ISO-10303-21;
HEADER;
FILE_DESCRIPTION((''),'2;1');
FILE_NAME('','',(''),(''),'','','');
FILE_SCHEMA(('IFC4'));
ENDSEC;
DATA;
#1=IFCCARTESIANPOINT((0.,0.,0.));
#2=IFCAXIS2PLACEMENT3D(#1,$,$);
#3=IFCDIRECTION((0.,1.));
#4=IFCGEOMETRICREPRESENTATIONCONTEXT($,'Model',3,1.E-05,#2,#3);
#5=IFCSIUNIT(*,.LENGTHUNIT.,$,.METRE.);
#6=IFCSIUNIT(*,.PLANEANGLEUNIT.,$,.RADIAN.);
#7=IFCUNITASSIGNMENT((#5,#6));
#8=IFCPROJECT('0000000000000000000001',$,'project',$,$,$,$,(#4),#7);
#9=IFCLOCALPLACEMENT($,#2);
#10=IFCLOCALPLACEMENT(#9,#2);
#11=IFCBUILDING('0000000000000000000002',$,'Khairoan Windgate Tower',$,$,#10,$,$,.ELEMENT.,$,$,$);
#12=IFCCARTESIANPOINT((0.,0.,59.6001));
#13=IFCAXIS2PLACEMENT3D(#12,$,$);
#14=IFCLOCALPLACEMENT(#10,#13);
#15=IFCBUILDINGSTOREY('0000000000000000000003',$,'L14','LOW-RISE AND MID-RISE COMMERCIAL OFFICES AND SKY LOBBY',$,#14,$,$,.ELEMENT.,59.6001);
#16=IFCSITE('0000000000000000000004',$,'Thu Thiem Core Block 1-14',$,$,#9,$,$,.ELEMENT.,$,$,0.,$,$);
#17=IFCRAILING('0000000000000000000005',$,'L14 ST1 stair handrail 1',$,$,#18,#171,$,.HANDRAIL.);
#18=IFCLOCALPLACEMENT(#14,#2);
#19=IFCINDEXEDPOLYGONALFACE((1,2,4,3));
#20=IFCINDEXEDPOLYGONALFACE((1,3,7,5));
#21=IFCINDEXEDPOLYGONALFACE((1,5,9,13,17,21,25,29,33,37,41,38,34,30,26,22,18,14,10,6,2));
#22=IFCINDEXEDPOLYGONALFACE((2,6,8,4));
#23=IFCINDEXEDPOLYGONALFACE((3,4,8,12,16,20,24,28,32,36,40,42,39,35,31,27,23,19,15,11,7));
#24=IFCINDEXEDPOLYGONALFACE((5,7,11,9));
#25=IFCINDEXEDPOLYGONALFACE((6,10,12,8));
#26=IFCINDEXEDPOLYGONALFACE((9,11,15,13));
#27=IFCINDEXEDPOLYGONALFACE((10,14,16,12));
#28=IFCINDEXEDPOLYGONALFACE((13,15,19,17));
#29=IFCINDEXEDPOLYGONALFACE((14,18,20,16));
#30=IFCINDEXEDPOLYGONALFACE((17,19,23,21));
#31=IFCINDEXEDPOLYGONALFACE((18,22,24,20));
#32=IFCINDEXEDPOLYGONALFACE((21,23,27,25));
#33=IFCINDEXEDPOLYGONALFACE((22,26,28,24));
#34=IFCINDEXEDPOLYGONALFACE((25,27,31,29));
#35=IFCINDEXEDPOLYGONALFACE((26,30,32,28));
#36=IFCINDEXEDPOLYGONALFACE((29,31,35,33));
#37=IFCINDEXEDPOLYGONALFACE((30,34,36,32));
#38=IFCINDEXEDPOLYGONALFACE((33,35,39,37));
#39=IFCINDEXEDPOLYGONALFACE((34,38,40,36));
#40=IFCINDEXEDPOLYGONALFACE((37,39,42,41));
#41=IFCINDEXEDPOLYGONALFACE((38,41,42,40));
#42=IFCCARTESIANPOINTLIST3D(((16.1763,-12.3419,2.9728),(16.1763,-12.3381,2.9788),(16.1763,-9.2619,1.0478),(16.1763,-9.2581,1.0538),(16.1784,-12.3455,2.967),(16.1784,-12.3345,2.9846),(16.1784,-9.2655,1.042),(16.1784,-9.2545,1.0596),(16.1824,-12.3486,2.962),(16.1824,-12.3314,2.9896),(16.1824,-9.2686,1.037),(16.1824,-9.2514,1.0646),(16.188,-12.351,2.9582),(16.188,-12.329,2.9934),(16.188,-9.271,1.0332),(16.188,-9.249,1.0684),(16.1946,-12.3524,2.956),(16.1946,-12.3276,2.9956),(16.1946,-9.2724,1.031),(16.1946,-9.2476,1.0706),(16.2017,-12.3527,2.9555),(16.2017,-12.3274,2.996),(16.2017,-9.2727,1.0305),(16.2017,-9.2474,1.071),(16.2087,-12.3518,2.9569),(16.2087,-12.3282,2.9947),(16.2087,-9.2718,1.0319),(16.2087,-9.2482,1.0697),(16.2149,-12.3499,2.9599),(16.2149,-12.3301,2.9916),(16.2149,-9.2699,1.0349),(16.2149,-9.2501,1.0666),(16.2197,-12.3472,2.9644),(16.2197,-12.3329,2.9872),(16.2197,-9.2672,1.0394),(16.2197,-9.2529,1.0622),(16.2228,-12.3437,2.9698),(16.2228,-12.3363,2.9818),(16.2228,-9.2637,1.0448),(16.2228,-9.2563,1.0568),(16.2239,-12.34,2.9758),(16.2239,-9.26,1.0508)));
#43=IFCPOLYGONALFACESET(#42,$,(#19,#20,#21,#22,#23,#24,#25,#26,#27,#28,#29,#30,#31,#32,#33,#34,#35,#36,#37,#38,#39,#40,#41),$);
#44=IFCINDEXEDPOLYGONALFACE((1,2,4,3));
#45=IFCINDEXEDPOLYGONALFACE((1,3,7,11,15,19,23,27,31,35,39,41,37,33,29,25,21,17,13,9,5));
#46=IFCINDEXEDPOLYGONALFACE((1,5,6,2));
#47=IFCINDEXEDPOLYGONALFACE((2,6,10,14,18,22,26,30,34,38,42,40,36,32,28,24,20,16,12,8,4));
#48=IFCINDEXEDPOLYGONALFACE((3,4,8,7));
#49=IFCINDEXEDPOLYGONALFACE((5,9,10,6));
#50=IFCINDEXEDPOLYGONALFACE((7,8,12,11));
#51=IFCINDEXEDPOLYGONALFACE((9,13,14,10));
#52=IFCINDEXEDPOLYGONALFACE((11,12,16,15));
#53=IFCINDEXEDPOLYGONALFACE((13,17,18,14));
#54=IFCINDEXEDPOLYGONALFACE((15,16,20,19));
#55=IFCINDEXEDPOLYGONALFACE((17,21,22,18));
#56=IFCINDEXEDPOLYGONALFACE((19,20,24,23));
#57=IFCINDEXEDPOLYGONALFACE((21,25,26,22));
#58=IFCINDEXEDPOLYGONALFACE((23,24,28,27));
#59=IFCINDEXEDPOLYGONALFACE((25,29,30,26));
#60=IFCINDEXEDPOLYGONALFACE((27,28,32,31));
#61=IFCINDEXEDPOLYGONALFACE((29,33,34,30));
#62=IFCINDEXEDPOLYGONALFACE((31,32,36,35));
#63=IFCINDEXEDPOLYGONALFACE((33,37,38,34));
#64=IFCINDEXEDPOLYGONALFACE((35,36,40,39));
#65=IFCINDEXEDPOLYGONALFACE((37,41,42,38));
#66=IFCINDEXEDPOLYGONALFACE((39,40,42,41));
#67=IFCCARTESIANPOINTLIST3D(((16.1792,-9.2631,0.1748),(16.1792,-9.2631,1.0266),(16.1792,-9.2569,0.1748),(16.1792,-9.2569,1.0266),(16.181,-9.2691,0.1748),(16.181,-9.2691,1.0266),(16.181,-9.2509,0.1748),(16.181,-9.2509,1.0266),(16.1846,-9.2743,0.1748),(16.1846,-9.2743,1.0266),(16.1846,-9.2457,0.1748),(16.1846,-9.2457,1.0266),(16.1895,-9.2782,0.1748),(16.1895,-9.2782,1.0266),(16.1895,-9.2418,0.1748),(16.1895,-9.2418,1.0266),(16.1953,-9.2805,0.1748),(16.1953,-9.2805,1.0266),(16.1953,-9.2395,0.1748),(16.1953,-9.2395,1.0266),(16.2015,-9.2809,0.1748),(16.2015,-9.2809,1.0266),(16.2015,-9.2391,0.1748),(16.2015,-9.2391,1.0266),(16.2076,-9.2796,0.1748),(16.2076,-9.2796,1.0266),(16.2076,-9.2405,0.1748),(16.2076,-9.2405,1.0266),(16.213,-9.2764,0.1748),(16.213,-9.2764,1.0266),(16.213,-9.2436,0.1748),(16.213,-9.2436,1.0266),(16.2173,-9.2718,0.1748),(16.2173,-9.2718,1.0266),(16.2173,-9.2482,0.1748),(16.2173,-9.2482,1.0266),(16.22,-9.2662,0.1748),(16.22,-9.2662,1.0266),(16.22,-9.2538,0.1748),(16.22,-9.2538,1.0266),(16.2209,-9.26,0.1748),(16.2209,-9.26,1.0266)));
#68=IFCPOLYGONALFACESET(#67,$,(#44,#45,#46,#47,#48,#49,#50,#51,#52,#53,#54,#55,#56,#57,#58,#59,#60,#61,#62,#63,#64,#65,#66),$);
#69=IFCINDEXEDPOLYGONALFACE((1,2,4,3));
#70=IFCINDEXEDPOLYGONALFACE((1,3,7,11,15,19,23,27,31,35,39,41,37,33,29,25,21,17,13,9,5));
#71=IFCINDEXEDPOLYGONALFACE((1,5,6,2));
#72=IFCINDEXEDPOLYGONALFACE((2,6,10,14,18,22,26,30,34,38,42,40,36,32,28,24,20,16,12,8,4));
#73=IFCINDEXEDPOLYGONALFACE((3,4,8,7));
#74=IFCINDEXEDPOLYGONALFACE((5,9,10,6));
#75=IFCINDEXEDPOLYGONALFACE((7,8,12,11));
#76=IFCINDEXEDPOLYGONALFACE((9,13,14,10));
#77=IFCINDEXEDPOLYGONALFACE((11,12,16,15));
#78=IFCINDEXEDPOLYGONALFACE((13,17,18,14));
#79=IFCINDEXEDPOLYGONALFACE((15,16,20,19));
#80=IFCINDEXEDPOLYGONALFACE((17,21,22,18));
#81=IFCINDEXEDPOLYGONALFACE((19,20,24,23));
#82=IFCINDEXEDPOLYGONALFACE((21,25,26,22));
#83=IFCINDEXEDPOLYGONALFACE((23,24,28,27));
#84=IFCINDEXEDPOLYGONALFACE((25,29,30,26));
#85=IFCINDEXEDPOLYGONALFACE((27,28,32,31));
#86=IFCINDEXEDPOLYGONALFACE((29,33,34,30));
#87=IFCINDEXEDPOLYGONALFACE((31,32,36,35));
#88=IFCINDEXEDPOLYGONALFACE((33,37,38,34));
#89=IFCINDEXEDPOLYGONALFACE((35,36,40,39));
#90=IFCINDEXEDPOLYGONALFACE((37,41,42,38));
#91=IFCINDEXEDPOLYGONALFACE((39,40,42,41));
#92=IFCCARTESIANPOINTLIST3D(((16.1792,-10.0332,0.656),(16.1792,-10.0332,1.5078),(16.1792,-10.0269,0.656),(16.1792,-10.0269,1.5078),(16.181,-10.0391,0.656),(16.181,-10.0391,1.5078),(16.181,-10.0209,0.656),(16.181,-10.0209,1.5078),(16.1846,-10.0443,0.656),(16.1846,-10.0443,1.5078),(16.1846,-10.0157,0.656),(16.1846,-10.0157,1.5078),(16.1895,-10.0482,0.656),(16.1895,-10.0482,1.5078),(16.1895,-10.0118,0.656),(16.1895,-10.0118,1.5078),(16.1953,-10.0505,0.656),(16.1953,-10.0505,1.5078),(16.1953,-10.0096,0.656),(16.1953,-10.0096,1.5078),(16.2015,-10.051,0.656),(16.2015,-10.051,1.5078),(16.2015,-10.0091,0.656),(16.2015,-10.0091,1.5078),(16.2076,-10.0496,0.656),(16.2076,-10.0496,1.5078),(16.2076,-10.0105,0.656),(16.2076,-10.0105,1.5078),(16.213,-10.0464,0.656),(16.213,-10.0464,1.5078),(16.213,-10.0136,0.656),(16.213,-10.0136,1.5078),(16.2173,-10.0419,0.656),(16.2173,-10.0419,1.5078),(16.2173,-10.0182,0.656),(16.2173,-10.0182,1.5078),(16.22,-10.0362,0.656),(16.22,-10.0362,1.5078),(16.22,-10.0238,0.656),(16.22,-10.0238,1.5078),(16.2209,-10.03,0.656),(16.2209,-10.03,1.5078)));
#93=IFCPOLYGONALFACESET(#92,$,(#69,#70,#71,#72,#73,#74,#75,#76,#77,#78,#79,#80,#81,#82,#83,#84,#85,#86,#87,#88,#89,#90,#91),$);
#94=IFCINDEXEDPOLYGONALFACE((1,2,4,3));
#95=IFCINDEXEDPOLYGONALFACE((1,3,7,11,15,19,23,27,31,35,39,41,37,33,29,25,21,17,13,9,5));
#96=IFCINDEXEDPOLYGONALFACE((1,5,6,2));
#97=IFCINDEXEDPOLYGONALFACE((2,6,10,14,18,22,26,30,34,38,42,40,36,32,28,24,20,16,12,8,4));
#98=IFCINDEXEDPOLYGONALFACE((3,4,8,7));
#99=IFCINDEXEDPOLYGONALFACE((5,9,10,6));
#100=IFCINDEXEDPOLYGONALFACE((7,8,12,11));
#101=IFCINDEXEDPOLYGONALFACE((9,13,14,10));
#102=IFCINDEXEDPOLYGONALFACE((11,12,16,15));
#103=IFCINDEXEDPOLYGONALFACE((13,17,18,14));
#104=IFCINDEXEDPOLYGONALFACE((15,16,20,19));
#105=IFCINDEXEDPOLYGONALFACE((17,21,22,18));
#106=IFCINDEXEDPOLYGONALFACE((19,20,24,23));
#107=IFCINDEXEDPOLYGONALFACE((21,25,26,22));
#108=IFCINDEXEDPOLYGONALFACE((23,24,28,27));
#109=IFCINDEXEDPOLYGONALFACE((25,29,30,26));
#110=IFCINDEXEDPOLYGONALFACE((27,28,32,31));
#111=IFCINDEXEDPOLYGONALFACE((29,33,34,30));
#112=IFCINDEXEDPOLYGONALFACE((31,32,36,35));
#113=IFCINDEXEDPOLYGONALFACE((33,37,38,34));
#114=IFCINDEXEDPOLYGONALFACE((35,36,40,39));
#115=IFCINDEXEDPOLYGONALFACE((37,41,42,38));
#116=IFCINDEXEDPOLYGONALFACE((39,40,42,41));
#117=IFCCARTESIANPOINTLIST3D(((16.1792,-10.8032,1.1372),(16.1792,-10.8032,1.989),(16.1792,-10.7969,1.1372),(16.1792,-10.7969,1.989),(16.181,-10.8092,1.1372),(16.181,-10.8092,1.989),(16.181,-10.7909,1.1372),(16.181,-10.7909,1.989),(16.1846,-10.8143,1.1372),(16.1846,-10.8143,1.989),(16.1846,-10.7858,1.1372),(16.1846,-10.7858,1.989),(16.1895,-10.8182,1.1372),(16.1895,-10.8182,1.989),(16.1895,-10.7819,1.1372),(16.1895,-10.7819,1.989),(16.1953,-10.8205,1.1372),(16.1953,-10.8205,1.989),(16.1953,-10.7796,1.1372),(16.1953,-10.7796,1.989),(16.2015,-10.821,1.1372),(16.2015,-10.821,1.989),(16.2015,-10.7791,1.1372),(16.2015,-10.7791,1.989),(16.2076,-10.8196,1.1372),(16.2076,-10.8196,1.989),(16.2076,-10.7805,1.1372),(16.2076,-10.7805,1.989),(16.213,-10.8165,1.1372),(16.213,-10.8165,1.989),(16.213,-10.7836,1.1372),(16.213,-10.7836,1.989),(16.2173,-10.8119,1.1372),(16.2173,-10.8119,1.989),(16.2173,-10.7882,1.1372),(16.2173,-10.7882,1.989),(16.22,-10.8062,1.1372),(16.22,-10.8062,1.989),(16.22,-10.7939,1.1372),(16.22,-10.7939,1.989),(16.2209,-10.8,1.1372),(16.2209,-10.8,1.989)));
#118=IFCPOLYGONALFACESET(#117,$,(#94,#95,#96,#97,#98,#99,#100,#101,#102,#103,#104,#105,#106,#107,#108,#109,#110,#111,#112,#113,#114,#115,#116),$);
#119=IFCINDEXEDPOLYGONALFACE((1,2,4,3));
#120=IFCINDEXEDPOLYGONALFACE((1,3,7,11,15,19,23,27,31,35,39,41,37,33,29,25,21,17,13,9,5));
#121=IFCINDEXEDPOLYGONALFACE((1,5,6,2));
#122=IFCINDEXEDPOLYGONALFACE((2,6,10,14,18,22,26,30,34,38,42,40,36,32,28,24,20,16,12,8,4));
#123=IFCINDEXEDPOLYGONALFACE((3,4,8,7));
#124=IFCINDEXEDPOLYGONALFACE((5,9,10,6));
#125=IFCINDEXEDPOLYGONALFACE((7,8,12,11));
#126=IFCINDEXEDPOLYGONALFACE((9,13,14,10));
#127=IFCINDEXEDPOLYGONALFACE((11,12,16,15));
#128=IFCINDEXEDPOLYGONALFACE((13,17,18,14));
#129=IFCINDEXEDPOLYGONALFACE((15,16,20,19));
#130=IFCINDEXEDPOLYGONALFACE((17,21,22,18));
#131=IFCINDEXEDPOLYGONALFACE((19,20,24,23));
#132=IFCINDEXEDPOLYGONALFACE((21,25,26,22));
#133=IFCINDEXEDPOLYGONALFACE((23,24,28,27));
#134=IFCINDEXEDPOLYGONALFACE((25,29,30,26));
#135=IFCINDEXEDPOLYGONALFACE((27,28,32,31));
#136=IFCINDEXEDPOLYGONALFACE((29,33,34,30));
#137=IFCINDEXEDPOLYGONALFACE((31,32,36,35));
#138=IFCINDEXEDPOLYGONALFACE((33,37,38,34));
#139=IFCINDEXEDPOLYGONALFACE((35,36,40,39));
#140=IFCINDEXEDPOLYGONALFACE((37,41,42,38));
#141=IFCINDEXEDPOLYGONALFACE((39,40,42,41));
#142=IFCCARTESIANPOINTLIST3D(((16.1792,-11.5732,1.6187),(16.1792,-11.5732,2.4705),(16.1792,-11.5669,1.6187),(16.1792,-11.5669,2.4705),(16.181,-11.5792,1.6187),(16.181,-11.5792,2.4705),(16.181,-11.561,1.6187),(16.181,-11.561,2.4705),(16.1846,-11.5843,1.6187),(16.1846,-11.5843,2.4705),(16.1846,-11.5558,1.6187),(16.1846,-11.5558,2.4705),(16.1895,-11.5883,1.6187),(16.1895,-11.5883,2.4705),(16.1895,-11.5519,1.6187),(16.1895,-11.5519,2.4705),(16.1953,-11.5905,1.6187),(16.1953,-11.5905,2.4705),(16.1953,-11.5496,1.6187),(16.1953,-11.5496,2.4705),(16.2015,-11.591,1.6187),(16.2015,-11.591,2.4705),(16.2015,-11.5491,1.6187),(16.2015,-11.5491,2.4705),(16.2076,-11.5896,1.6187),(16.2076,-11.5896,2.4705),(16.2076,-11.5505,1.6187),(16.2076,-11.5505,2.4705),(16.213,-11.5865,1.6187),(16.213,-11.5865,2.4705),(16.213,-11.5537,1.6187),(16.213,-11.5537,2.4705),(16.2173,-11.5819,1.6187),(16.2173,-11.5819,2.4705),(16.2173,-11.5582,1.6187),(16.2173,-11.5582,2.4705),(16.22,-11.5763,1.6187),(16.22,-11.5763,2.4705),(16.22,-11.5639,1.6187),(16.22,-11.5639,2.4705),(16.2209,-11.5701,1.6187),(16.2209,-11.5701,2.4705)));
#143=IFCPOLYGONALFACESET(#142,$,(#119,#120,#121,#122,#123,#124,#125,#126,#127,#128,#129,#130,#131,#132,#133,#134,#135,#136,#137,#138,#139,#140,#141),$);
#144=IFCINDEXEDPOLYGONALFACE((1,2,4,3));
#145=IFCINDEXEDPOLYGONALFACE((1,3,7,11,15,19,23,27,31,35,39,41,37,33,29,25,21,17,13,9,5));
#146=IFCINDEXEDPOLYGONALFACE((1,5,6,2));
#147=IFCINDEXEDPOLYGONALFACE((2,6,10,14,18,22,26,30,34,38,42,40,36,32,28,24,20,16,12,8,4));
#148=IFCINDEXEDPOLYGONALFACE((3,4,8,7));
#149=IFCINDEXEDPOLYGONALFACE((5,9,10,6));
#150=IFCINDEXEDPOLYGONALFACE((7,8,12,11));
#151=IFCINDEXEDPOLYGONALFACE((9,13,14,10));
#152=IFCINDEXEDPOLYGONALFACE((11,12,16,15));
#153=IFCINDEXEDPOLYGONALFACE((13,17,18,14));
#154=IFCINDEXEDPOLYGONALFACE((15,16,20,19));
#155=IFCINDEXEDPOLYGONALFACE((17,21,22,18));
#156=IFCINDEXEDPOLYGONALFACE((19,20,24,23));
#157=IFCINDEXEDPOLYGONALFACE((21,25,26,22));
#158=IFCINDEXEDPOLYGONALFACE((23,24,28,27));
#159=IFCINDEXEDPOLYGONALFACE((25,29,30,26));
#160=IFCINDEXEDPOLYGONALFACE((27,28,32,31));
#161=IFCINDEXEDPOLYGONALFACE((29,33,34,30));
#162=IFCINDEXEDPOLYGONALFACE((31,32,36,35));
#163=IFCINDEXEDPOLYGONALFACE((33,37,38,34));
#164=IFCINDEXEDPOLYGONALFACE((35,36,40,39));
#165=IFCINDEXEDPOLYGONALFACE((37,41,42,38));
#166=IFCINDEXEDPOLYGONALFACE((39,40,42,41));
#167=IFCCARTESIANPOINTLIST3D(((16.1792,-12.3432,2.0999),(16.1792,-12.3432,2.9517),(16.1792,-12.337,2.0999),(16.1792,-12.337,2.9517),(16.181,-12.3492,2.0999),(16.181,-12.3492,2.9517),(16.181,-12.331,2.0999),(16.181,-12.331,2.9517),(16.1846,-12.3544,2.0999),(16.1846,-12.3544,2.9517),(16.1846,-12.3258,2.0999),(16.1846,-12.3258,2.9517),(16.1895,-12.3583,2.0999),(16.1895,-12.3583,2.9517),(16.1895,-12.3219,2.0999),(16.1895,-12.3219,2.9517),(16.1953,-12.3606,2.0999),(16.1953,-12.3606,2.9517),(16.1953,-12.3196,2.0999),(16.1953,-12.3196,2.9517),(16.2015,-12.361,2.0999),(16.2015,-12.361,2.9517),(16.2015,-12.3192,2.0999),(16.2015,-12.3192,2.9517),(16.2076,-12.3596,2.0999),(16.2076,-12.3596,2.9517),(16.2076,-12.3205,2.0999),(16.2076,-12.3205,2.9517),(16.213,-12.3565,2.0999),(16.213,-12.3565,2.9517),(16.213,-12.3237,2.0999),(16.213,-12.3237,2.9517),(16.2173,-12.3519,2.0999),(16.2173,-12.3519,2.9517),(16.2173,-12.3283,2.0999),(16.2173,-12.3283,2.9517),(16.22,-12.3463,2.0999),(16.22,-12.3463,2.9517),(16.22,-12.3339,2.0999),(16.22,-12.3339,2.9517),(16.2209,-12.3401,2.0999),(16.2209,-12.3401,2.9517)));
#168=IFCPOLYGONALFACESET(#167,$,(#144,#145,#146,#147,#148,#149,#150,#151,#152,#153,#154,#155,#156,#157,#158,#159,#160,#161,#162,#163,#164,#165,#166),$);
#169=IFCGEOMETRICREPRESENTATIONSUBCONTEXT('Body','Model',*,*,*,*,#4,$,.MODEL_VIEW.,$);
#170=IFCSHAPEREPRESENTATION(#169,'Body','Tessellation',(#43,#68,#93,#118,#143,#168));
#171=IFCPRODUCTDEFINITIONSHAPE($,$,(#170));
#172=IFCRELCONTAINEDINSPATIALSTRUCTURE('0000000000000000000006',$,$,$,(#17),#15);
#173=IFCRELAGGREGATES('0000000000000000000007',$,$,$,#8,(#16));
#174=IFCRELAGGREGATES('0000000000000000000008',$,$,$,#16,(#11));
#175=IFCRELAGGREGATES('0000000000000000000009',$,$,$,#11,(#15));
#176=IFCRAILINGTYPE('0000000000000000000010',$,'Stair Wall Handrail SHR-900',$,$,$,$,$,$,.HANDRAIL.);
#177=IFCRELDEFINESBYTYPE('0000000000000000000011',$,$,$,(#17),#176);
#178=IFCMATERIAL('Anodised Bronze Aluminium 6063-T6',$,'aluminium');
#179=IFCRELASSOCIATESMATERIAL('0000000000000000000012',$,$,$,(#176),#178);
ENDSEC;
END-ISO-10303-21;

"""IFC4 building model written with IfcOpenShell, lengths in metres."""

from ifc_helpers import new_model, si_unit, direction, frame, origin, origin_2d, place, context, subcontext, project, spatial, circle, extrude, material, type_object, element, save


model = new_model("IFC4")

# Units and contexts
model_context = context("Model", 3, precision=1e-05, world=origin(), true_north=direction((0.0, 1.0)))
body_context = subcontext(model_context, "Body", "Model", "MODEL_VIEW")
ifc_project = project(units=[si_unit("LENGTHUNIT", "METRE"), si_unit("PLANEANGLEUNIT", "RADIAN")], contexts=[model_context])

# Site, building, storey
site_placement = place(None, origin())
site = spatial("IfcSite", under=ifc_project, at=site_placement, Name="Thu Thiem Core Block 1-14", CompositionType="ELEMENT", RefElevation=0.0)
building_placement = place(site_placement, origin())
building = spatial("IfcBuilding", under=site, at=building_placement, Name="Khairoan Windgate Tower", CompositionType="ELEMENT")
storey_placement = place(building_placement, frame((0.0, 0.0, 59.6001)))
storey = spatial("IfcBuildingStorey", under=building, at=storey_placement, Name="L14", Description="LOW-RISE AND MID-RISE COMMERCIAL OFFICES AND SKY LOBBY", CompositionType="ELEMENT", Elevation=59.6001)

# Railing
ifc_material_1 = material(Name="Anodised Bronze Aluminium 6063-T6", Category="aluminium")
railing_type_1 = type_object("IfcRailingType", Name="Stair Wall Handrail SHR-900", PredefinedType="HANDRAIL", material=ifc_material_1)
railing_1_placement = place(storey_placement, frame((16.2, -9.26, 0.1748)))
element("IfcRailing", 1, at=railing_1_placement, inside=storey, type_object=railing_type_1, Name="L14 ST1 stair handrail 1", PredefinedType="HANDRAIL", context=body_context, shape_type="SweptSolid", body=[
    extrude(circle(Radius=0.0239, at=origin_2d()), frame((0.0, 0.0, 0.876), z_axis=(0.0, -0.847998, 0.529999), x_axis=(1.0, 0.0, 0.0)), (0.0, 0.0, 1.0), 3.6321),
    extrude(circle(Radius=0.021, at=origin_2d()), origin(), (0.0, 0.0, 1.0), 0.8518),
    extrude(circle(Radius=0.021, at=origin_2d()), frame((0.0, -0.77, 0.4812)), (0.0, 0.0, 1.0), 0.8518),
    extrude(circle(Radius=0.021, at=origin_2d()), frame((0.0, -1.54, 0.9624)), (0.0, 0.0, 1.0), 0.8518),
    extrude(circle(Radius=0.021, at=origin_2d()), frame((0.0, -2.3101, 1.4438)), (0.0, 0.0, 1.0), 0.8518),
    extrude(circle(Radius=0.021, at=origin_2d()), frame((0.0, -3.0801, 1.925)), (0.0, 0.0, 1.0), 0.8518),
])

save(model, "model.ifc")
